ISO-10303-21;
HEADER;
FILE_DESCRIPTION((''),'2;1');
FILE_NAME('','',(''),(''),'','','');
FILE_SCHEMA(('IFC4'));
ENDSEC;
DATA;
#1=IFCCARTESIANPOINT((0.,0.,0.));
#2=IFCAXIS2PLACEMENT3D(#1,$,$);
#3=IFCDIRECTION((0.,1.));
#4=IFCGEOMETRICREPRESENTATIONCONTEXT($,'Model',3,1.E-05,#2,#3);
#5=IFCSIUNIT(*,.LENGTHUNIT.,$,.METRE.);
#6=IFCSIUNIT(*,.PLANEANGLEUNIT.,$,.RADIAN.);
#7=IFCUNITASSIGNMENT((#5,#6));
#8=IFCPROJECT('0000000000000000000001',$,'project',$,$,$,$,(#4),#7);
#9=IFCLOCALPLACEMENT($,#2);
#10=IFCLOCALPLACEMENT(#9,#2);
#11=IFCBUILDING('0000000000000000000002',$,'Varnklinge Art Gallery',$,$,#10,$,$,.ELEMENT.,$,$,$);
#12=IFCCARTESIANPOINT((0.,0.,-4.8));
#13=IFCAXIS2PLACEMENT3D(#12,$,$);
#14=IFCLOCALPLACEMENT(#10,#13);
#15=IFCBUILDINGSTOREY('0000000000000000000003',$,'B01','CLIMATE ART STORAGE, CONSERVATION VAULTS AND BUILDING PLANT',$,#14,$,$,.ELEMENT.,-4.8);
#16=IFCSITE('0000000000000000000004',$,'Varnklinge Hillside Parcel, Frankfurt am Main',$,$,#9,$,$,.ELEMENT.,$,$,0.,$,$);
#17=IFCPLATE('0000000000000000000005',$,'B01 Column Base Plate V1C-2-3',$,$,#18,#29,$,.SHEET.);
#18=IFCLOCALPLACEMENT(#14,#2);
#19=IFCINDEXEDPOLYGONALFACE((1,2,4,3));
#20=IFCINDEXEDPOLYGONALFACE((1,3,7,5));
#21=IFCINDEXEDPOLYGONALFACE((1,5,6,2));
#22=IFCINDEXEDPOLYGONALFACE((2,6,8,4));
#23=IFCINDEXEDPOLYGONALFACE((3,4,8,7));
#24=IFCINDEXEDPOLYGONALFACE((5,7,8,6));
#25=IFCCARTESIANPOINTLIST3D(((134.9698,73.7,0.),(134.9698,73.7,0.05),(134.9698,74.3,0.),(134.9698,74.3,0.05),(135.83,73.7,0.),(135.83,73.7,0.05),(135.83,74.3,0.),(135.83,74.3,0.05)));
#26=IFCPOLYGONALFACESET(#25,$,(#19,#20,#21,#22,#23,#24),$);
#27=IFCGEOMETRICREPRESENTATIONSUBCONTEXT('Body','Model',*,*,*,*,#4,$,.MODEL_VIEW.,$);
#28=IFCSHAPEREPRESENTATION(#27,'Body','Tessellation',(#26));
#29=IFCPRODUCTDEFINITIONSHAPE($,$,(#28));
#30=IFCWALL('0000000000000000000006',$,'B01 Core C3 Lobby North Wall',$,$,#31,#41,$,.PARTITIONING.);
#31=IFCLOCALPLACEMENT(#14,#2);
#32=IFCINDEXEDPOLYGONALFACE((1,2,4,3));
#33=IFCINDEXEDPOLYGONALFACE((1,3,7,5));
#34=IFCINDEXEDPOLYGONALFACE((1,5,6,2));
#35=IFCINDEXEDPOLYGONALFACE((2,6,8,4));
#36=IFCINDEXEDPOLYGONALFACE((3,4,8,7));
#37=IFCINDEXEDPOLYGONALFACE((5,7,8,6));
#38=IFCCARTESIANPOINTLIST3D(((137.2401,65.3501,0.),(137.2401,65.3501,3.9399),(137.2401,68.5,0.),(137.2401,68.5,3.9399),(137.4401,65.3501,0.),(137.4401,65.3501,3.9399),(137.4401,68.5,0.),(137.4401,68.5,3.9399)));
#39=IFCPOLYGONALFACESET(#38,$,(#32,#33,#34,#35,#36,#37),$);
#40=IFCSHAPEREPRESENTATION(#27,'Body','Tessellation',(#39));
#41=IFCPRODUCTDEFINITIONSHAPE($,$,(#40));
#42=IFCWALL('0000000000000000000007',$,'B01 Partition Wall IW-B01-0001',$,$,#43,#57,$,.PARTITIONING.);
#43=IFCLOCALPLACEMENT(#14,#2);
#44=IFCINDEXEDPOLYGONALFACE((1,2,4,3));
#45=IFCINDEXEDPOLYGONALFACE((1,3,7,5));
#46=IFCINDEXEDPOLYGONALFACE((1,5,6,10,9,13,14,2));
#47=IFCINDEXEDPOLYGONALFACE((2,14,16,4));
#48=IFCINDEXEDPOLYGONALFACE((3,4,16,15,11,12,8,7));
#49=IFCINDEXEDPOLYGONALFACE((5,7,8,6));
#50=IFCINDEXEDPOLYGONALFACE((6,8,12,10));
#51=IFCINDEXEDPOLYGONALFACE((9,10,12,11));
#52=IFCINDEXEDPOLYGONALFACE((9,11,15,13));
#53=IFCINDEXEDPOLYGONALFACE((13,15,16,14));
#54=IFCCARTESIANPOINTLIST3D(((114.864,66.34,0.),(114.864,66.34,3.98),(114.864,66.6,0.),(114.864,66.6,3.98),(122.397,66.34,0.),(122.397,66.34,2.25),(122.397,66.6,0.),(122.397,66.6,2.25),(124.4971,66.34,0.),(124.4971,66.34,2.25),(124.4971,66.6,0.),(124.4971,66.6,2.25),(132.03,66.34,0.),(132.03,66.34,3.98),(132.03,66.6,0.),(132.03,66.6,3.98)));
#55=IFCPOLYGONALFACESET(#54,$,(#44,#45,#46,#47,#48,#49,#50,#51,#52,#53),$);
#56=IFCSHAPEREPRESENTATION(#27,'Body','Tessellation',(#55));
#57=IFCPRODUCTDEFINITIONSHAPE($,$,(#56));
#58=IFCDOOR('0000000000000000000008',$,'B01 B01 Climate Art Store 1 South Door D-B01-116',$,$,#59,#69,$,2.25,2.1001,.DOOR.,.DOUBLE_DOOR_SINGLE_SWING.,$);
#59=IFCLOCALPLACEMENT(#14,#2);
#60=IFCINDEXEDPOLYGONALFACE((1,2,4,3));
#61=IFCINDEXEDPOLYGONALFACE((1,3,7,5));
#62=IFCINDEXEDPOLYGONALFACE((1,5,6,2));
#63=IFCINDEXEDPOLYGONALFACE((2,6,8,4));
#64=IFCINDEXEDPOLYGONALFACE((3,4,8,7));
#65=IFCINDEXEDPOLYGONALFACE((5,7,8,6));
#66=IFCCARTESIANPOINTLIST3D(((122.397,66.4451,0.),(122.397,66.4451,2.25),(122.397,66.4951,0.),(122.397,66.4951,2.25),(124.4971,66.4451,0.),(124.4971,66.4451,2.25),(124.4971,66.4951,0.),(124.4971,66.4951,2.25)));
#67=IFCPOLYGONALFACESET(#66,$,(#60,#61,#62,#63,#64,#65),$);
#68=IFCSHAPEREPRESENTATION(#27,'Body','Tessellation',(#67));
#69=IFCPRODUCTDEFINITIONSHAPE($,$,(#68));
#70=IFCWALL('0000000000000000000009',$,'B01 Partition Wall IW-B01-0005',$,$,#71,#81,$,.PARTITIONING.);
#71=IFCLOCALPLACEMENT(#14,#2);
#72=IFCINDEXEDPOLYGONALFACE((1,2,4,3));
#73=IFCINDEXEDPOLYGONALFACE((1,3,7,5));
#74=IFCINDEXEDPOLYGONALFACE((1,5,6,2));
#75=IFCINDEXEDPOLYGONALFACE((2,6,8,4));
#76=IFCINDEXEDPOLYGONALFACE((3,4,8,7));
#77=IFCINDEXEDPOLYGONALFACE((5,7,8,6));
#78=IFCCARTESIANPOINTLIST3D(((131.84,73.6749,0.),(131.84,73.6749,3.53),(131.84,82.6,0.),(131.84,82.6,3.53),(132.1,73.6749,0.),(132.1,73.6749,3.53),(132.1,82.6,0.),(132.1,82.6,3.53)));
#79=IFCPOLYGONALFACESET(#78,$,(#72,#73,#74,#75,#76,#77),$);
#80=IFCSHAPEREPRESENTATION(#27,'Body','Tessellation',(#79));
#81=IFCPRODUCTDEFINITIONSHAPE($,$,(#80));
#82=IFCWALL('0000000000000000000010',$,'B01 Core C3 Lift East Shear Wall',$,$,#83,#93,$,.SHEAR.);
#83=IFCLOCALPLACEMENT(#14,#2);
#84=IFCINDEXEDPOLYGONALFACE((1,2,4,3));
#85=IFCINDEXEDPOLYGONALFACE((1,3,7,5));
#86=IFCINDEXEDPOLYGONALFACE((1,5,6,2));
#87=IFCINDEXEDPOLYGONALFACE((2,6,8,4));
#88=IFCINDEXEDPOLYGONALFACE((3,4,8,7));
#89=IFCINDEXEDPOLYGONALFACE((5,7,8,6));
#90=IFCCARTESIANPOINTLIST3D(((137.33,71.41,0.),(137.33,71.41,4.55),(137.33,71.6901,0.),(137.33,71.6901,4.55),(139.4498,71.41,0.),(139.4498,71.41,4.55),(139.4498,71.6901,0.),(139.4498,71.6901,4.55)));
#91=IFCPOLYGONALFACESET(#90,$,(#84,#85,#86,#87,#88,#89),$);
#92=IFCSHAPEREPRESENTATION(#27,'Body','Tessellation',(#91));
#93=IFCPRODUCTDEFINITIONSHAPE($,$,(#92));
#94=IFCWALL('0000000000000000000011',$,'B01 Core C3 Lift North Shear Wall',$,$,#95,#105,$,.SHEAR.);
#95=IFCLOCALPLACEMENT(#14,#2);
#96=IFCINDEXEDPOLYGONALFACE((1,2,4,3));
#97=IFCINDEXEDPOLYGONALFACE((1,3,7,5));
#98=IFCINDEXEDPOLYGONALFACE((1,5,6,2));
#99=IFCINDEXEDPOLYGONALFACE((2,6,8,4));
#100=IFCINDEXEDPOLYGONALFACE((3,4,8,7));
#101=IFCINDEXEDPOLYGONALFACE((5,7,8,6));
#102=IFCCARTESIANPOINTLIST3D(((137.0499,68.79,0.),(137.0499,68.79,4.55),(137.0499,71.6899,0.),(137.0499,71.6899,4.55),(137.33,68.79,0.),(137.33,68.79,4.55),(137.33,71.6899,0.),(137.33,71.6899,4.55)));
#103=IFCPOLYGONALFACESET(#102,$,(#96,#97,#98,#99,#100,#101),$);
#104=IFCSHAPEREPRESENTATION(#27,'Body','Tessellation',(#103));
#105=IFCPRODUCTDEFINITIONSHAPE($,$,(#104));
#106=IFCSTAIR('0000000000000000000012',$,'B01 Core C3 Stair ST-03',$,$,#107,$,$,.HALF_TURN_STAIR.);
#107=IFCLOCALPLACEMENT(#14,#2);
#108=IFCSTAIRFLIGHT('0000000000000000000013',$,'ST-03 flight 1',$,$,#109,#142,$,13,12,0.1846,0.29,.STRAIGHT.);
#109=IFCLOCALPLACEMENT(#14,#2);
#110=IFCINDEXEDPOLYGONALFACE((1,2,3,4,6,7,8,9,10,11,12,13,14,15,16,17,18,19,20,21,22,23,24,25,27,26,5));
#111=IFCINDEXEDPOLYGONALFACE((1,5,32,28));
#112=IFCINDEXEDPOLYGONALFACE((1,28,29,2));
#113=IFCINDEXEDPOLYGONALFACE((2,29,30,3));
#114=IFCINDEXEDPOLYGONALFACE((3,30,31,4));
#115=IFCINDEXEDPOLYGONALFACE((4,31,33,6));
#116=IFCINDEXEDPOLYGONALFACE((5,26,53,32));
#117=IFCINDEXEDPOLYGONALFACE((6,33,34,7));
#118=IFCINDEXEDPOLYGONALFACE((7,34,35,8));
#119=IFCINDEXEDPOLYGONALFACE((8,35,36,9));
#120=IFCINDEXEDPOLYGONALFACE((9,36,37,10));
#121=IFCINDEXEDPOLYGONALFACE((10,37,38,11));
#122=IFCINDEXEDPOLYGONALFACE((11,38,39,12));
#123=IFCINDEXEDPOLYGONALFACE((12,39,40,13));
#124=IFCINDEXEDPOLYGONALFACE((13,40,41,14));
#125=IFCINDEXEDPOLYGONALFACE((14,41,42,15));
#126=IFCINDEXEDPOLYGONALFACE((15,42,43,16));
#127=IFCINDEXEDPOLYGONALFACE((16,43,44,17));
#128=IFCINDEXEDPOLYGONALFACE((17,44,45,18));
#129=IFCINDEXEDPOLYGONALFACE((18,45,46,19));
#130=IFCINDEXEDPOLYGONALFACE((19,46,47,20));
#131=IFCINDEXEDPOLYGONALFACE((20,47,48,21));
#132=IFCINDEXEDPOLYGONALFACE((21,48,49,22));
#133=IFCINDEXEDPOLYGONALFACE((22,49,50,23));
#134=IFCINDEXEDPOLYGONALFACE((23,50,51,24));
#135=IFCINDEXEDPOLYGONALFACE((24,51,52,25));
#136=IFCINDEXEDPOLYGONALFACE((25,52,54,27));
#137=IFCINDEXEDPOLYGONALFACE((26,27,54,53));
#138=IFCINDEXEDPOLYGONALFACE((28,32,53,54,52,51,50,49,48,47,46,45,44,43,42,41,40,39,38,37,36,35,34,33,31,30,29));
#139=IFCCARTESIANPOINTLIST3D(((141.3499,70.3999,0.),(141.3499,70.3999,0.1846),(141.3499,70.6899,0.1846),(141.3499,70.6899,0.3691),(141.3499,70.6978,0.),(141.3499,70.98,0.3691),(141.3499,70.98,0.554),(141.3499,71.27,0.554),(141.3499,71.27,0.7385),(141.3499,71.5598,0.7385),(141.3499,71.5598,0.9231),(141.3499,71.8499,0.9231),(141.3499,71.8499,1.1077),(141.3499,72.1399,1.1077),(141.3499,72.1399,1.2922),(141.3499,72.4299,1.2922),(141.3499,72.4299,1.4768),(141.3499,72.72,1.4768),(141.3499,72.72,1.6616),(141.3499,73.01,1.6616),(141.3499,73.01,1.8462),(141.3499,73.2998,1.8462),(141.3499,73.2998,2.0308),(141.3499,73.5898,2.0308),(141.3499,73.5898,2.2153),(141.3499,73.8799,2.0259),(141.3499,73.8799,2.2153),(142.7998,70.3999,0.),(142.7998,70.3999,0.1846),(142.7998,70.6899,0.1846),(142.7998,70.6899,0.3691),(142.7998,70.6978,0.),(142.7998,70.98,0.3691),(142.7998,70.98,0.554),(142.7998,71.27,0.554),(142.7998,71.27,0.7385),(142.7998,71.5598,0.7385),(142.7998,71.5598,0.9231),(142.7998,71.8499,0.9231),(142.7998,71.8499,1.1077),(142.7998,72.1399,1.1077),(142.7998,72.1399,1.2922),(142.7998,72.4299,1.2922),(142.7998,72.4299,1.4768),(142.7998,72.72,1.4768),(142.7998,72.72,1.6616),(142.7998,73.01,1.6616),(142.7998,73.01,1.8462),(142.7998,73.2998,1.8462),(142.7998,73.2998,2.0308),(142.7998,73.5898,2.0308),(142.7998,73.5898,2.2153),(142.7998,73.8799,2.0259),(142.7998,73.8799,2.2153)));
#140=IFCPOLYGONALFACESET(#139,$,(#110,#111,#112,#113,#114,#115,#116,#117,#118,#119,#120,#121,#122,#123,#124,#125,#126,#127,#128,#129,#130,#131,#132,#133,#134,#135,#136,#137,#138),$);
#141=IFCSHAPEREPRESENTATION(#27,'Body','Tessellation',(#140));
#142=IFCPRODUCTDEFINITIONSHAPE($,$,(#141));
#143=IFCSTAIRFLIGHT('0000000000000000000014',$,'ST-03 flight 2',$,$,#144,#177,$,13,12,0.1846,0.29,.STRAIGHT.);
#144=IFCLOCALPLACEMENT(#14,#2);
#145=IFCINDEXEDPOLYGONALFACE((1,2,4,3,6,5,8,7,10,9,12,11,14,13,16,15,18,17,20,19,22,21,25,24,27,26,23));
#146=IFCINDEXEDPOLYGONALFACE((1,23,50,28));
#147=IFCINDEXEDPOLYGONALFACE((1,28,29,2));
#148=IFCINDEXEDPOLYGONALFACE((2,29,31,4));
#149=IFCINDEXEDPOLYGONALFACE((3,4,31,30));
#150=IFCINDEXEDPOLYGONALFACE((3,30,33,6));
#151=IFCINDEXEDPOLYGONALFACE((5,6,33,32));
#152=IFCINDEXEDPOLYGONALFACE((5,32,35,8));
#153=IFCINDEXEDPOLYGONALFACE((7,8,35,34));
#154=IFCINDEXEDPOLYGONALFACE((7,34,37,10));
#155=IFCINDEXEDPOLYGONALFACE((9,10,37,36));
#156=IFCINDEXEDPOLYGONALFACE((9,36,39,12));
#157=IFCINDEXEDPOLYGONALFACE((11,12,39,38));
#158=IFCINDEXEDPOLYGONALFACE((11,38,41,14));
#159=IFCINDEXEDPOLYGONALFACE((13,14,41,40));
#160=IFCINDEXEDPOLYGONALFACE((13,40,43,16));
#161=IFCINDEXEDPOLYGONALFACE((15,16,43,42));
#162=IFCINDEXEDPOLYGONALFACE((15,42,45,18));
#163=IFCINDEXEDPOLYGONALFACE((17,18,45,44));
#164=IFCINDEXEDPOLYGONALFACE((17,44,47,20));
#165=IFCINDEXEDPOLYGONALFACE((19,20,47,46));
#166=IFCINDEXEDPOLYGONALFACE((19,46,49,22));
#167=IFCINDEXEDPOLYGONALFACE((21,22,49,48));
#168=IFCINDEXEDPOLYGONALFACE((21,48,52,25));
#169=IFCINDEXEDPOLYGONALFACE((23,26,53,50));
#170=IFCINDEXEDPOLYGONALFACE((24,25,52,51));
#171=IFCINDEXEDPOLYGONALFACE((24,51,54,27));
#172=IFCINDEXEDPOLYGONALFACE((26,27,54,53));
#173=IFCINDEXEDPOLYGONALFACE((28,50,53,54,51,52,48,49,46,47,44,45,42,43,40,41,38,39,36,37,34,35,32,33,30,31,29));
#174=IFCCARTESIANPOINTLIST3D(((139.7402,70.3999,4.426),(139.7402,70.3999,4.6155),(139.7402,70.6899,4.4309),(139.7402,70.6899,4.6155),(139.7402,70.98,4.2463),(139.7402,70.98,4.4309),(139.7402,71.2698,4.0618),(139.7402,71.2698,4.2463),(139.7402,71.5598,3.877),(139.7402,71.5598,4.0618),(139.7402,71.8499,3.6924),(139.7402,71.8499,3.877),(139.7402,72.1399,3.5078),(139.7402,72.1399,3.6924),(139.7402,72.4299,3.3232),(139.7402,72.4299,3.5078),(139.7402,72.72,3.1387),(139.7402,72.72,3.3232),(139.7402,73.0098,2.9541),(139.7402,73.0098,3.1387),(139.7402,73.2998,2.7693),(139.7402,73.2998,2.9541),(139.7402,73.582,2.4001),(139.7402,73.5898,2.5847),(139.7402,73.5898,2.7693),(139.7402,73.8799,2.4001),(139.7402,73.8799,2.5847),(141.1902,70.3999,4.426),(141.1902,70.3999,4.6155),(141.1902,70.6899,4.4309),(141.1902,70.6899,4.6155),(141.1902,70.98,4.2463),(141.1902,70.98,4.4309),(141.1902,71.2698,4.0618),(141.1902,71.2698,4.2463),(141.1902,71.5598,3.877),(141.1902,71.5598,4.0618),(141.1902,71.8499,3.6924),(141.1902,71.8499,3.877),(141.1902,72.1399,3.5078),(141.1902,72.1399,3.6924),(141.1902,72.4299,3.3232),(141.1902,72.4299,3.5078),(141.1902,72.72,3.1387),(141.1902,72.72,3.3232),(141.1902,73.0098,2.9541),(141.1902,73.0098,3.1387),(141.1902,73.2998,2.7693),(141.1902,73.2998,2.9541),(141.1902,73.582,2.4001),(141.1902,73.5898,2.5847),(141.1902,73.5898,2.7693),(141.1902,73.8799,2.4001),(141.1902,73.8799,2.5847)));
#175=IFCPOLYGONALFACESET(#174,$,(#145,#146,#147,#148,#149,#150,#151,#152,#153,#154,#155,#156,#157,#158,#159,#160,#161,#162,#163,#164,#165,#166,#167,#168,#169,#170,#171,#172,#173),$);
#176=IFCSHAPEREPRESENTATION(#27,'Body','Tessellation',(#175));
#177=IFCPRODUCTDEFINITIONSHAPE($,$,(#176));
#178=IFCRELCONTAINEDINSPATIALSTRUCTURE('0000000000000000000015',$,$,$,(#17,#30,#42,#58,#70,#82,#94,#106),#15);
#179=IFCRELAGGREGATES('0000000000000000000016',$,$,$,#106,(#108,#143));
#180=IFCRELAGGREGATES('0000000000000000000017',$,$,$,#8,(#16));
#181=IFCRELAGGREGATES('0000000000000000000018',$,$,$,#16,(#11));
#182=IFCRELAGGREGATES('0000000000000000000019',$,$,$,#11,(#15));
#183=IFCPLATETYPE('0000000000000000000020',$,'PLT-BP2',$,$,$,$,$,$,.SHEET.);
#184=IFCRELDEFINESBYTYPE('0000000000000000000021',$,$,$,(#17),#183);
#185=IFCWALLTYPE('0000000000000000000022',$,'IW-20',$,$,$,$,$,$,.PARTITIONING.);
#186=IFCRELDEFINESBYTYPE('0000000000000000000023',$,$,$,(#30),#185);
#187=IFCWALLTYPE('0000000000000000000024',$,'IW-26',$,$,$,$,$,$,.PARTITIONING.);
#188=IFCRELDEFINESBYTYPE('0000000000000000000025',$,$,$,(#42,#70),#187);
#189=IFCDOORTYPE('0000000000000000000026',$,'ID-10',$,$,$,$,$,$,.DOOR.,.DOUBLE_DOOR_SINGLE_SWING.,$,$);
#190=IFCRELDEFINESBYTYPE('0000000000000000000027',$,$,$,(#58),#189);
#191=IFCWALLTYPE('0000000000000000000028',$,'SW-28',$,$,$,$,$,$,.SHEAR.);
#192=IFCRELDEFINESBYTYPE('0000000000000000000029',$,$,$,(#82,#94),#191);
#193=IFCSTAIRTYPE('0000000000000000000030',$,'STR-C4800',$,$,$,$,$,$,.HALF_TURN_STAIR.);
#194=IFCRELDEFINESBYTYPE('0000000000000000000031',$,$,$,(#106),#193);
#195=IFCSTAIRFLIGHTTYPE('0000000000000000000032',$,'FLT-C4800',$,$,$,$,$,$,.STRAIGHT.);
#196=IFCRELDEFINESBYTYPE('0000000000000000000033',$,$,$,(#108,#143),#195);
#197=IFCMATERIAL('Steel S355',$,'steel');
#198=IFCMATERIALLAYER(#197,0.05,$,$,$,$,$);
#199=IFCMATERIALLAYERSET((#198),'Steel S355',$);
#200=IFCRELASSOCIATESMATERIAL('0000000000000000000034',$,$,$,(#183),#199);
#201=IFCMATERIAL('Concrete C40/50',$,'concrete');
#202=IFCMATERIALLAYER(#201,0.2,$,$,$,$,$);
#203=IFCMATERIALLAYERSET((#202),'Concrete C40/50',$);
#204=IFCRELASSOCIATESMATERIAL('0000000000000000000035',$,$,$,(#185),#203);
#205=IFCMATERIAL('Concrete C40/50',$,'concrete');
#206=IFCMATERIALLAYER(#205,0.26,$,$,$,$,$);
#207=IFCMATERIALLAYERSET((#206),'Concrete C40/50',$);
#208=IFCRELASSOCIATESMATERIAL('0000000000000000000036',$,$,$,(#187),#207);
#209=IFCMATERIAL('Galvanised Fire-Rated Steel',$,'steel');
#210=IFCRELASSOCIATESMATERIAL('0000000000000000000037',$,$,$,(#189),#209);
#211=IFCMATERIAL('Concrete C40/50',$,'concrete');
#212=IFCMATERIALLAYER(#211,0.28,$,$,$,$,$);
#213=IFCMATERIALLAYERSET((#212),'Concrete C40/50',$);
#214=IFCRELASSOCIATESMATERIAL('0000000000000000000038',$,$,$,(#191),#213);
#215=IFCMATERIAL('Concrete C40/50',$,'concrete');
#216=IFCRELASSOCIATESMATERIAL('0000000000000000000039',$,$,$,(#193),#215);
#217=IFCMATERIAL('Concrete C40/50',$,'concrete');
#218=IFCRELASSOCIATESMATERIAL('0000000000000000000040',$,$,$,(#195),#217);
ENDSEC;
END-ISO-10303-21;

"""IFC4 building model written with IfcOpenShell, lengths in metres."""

from ifc_helpers import new_model, si_unit, direction, frame, frame_2d, origin, origin_2d, place, context, subcontext, project, spatial, polyline, rectangle, outline, extrude, material, layer, layer_set, type_object, element, fill, aggregate, save


model = new_model("IFC4")

# Units and contexts
model_context = context("Model", 3, precision=1e-05, world=origin(), true_north=direction((0.0, 1.0)))
body_context = subcontext(model_context, "Body", "Model", "MODEL_VIEW")
ifc_project = project(units=[si_unit("LENGTHUNIT", "METRE"), si_unit("PLANEANGLEUNIT", "RADIAN")], contexts=[model_context])

# Site, building, storey
site_placement = place(None, origin())
site = spatial("IfcSite", under=ifc_project, at=site_placement, Name="Varnklinge Hillside Parcel, Frankfurt am Main", CompositionType="ELEMENT", RefElevation=0.0)
building_placement = place(site_placement, origin())
building = spatial("IfcBuilding", under=site, at=building_placement, Name="Varnklinge Art Gallery", CompositionType="ELEMENT")
storey_placement = place(building_placement, frame((0.0, 0.0, -4.8)))
storey = spatial("IfcBuildingStorey", under=building, at=storey_placement, Name="B01", Description="CLIMATE ART STORAGE, CONSERVATION VAULTS AND BUILDING PLANT", CompositionType="ELEMENT", Elevation=-4.8)

# Plate
ifc_material_1 = material(Name="Steel S355", Category="steel")
ifc_layer_1 = layer(ifc_material_1, 0.05)
ifc_layer_set_1 = layer_set([ifc_layer_1], Name="Steel S355")
plate_type = type_object("IfcPlateType", Name="PLT-BP2", PredefinedType="SHEET", material=ifc_layer_set_1)
for number, where, z_axis, x_axis, name in (
    (1, (135.3999, 74.0, 0.0), (0.0, 0.0, 1.0), (1.0, 0.0, 0.0), "B01 Column Base Plate V1C-2-3"),
):
    element("IfcPlate", number, at=place(storey_placement, frame(where, z_axis=z_axis, x_axis=x_axis)), inside=storey, type_object=plate_type, Name=name, PredefinedType="SHEET", context=body_context, shape_type="SweptSolid", body=[
        extrude(rectangle(XDim=0.8601, YDim=0.6001, at=origin_2d()), origin(), (0.0, 0.0, 1.0), 0.05),
    ])

# Wall
ifc_material_2 = material(Name="Concrete C40/50", Category="concrete")
ifc_layer_2 = layer(ifc_material_2, 0.2)
ifc_layer_set_2 = layer_set([ifc_layer_2], Name="Concrete C40/50")
wall_type_1 = type_object("IfcWallType", Name="IW-20", PredefinedType="PARTITIONING", material=ifc_layer_set_2)
wall_1_placement = place(storey_placement, frame((137.3401, 68.5, 0.0), z_axis=(0.0, 0.0, 1.0), x_axis=(0.0, -1.0, 0.0)))
element("IfcWall", 2, at=wall_1_placement, inside=storey, type_object=wall_type_1, Name="B01 Core C3 Lobby North Wall", PredefinedType="PARTITIONING", context=body_context, shape_type="SweptSolid", body=[
    extrude(rectangle(XDim=3.1499, YDim=0.2, at=frame_2d((1.575, 0.0))), origin(), (0.0, 0.0, 1.0), 3.9399),
])

# Wall, opening, door
ifc_material_3 = material(Name="Concrete C40/50", Category="concrete")
ifc_layer_3 = layer(ifc_material_3, 0.26)
ifc_layer_set_3 = layer_set([ifc_layer_3], Name="Concrete C40/50")
wall_type_2 = type_object("IfcWallType", Name="IW-26", PredefinedType="PARTITIONING", material=ifc_layer_set_3)
wall_2_placement = place(storey_placement, frame((132.03, 66.47, 0.0), z_axis=(0.0, 0.0, 1.0), x_axis=(-1.0, 0.0, 0.0)))
wall_2 = element("IfcWall", 3, at=wall_2_placement, inside=storey, type_object=wall_type_2, Name="B01 Partition Wall IW-B01-0001", PredefinedType="PARTITIONING", context=body_context, shape_type="SweptSolid", body=[
    extrude(rectangle(XDim=17.166, YDim=0.26, at=frame_2d((8.583, 0.0))), origin(), (0.0, 0.0, 1.0), 3.98),
])
opening_1_placement = place(wall_2_placement, frame((7.533, 0.0, 0.0)))
opening_1 = element("IfcOpeningElement", 4, at=opening_1_placement, cuts=wall_2, PredefinedType="OPENING", context=body_context, shape_type="SweptSolid", body=[
    extrude(rectangle(XDim=2.1001, YDim=2.25, at=frame_2d((1.05, 1.125))), frame((0.0, 0.1399, 0.0), z_axis=(0.0, -1.0, 0.0), x_axis=(1.0, 0.0, 0.0)), (0.0, 0.0, 1.0), 0.28),
])
ifc_material_4 = material(Name="Galvanised Fire-Rated Steel", Category="steel")
door_type_1 = type_object("IfcDoorType", Name="ID-10", OperationType="DOUBLE_DOOR_SINGLE_SWING", PredefinedType="DOOR", material=ifc_material_4)
door_1_placement = place(opening_1_placement, origin())
door_1 = element("IfcDoor", 5, at=door_1_placement, inside=storey, type_object=door_type_1, Name="B01 B01 Climate Art Store 1 South Door D-B01-116", OperationType="DOUBLE_DOOR_SINGLE_SWING", OverallHeight=2.25, OverallWidth=2.1001, PredefinedType="DOOR", context=body_context, shape_type="SweptSolid", body=[
    extrude(rectangle(XDim=2.1001, YDim=2.25, at=frame_2d((1.05, 1.125))), frame((0.0, 0.0249, 0.0), z_axis=(0.0, -1.0, 0.0), x_axis=(1.0, 0.0, 0.0)), (0.0, 0.0, 1.0), 0.05),
])
fill(opening_1, door_1)

# Walls
wall_3_placement = place(storey_placement, frame((131.97, 73.675, 0.0), z_axis=(0.0, 0.0, 1.0), x_axis=(0.0, 1.0, 0.0)))
element("IfcWall", 6, at=wall_3_placement, inside=storey, type_object=wall_type_2, Name="B01 Partition Wall IW-B01-0005", PredefinedType="PARTITIONING", context=body_context, shape_type="SweptSolid", body=[
    extrude(rectangle(XDim=8.925, YDim=0.26, at=frame_2d((4.4624, 0.0))), origin(), (0.0, 0.0, 1.0), 3.53),
])
ifc_material_5 = material(Name="Concrete C40/50", Category="concrete")
ifc_layer_4 = layer(ifc_material_5, 0.28)
ifc_layer_set_4 = layer_set([ifc_layer_4], Name="Concrete C40/50")
wall_type_3 = type_object("IfcWallType", Name="SW-28", PredefinedType="SHEAR", material=ifc_layer_set_4)
wall_4_placement = place(storey_placement, frame((139.45, 71.55, 0.0), z_axis=(0.0, 0.0, 1.0), x_axis=(-1.0, 0.0, 0.0)))
element("IfcWall", 7, at=wall_4_placement, inside=storey, type_object=wall_type_3, Name="B01 Core C3 Lift East Shear Wall", PredefinedType="SHEAR", context=body_context, shape_type="SweptSolid", body=[
    extrude(rectangle(XDim=2.1199, YDim=0.28, at=frame_2d((1.0601, 0.0))), origin(), (0.0, 0.0, 1.0), 4.55),
])
wall_5_placement = place(storey_placement, frame((137.1899, 71.6899, 0.0), z_axis=(0.0, 0.0, 1.0), x_axis=(0.0, -1.0, 0.0)))
element("IfcWall", 8, at=wall_5_placement, inside=storey, type_object=wall_type_3, Name="B01 Core C3 Lift North Shear Wall", PredefinedType="SHEAR", context=body_context, shape_type="SweptSolid", body=[
    extrude(rectangle(XDim=2.8999, YDim=0.28, at=frame_2d((1.45, 0.0))), origin(), (0.0, 0.0, 1.0), 4.55),
])

# Stair, stair flights
ifc_material_6 = material(Name="Concrete C40/50", Category="concrete")
stair_type = type_object("IfcStairType", Name="STR-C4800", PredefinedType="HALF_TURN_STAIR", material=ifc_material_6)
stair_placement = place(storey_placement, origin())
stair = element("IfcStair", 9, at=stair_placement, inside=storey, type_object=stair_type, Name="B01 Core C3 Stair ST-03", PredefinedType="HALF_TURN_STAIR")
ifc_material_7 = material(Name="Concrete C40/50", Category="concrete")
stair_flight_type = type_object("IfcStairFlightType", Name="FLT-C4800", PredefinedType="STRAIGHT", material=ifc_material_7)
stair_flight_1_placement = place(storey_placement, frame((142.075, 70.3999, 0.0), z_axis=(0.0, 0.0, 1.0), x_axis=(0.0, 1.0, 0.0)))
stair_flight_1 = element("IfcStairFlight", 10, at=stair_flight_1_placement, type_object=stair_flight_type, Name="ST-03 flight 1", NumberOfRisers=13, NumberOfTreads=12, PredefinedType="STRAIGHT", RiserHeight=0.1846, TreadLength=0.29, context=body_context, shape_type="SweptSolid", body=[
    extrude(outline(polyline([(0.0, 0.0), (0.0, 0.1846), (0.29, 0.1846), (0.29, 0.3691), (0.5801, 0.3691), (0.5801, 0.554), (0.8701, 0.554), (0.8701, 0.7385), (1.1599, 0.7385), (1.1599, 0.9231), (1.45, 0.9231), (1.45, 1.1077), (1.74, 1.1077), (1.74, 1.2922), (2.03, 1.2922), (2.03, 1.4768), (2.3201, 1.4768), (2.3201, 1.6616), (2.6101, 1.6616), (2.6101, 1.8462), (2.8999, 1.8462), (2.8999, 2.0308), (3.1899, 2.0308), (3.1899, 2.2153), (3.48, 2.2153), (3.48, 2.3999), (3.48, 2.0259), (0.2979, 0.0), (0.0, 0.0)])), frame((0.0, 0.7251, 0.0), z_axis=(0.0, -1.0, 0.0), x_axis=(1.0, 0.0, 0.0)), (0.0, 0.0, 1.0), 1.45),
])
stair_flight_2_placement = place(storey_placement, frame((140.4651, 73.8799, 2.4001), z_axis=(0.0, 0.0, 1.0), x_axis=(0.0, -1.0, 0.0)))
stair_flight_2 = element("IfcStairFlight", 11, at=stair_flight_2_placement, type_object=stair_flight_type, Name="ST-03 flight 2", NumberOfRisers=13, NumberOfTreads=12, PredefinedType="STRAIGHT", RiserHeight=0.1846, TreadLength=0.29, context=body_context, shape_type="SweptSolid", body=[
    extrude(outline(polyline([(0.0, 0.0), (0.0, 0.1846), (0.29, 0.1846), (0.29, 0.3691), (0.5801, 0.3691), (0.5801, 0.554), (0.8701, 0.554), (0.8701, 0.7385), (1.1599, 0.7385), (1.1599, 0.9231), (1.45, 0.9231), (1.45, 1.1077), (1.74, 1.1077), (1.74, 1.2922), (2.03, 1.2922), (2.03, 1.4768), (2.3201, 1.4768), (2.3201, 1.6616), (2.6101, 1.6616), (2.6101, 1.8462), (2.8999, 1.8462), (2.8999, 2.0308), (3.1899, 2.0308), (3.1899, 2.2153), (3.48, 2.2153), (3.48, 2.3999), (3.48, 2.0259), (0.2979, 0.0), (0.0, 0.0)])), frame((0.0, 0.7251, 0.0), z_axis=(0.0, -1.0, 0.0), x_axis=(1.0, 0.0, 0.0)), (0.0, 0.0, 1.0), 1.45),
])
aggregate(stair, [stair_flight_1, stair_flight_2])

save(model, "model.ifc")
